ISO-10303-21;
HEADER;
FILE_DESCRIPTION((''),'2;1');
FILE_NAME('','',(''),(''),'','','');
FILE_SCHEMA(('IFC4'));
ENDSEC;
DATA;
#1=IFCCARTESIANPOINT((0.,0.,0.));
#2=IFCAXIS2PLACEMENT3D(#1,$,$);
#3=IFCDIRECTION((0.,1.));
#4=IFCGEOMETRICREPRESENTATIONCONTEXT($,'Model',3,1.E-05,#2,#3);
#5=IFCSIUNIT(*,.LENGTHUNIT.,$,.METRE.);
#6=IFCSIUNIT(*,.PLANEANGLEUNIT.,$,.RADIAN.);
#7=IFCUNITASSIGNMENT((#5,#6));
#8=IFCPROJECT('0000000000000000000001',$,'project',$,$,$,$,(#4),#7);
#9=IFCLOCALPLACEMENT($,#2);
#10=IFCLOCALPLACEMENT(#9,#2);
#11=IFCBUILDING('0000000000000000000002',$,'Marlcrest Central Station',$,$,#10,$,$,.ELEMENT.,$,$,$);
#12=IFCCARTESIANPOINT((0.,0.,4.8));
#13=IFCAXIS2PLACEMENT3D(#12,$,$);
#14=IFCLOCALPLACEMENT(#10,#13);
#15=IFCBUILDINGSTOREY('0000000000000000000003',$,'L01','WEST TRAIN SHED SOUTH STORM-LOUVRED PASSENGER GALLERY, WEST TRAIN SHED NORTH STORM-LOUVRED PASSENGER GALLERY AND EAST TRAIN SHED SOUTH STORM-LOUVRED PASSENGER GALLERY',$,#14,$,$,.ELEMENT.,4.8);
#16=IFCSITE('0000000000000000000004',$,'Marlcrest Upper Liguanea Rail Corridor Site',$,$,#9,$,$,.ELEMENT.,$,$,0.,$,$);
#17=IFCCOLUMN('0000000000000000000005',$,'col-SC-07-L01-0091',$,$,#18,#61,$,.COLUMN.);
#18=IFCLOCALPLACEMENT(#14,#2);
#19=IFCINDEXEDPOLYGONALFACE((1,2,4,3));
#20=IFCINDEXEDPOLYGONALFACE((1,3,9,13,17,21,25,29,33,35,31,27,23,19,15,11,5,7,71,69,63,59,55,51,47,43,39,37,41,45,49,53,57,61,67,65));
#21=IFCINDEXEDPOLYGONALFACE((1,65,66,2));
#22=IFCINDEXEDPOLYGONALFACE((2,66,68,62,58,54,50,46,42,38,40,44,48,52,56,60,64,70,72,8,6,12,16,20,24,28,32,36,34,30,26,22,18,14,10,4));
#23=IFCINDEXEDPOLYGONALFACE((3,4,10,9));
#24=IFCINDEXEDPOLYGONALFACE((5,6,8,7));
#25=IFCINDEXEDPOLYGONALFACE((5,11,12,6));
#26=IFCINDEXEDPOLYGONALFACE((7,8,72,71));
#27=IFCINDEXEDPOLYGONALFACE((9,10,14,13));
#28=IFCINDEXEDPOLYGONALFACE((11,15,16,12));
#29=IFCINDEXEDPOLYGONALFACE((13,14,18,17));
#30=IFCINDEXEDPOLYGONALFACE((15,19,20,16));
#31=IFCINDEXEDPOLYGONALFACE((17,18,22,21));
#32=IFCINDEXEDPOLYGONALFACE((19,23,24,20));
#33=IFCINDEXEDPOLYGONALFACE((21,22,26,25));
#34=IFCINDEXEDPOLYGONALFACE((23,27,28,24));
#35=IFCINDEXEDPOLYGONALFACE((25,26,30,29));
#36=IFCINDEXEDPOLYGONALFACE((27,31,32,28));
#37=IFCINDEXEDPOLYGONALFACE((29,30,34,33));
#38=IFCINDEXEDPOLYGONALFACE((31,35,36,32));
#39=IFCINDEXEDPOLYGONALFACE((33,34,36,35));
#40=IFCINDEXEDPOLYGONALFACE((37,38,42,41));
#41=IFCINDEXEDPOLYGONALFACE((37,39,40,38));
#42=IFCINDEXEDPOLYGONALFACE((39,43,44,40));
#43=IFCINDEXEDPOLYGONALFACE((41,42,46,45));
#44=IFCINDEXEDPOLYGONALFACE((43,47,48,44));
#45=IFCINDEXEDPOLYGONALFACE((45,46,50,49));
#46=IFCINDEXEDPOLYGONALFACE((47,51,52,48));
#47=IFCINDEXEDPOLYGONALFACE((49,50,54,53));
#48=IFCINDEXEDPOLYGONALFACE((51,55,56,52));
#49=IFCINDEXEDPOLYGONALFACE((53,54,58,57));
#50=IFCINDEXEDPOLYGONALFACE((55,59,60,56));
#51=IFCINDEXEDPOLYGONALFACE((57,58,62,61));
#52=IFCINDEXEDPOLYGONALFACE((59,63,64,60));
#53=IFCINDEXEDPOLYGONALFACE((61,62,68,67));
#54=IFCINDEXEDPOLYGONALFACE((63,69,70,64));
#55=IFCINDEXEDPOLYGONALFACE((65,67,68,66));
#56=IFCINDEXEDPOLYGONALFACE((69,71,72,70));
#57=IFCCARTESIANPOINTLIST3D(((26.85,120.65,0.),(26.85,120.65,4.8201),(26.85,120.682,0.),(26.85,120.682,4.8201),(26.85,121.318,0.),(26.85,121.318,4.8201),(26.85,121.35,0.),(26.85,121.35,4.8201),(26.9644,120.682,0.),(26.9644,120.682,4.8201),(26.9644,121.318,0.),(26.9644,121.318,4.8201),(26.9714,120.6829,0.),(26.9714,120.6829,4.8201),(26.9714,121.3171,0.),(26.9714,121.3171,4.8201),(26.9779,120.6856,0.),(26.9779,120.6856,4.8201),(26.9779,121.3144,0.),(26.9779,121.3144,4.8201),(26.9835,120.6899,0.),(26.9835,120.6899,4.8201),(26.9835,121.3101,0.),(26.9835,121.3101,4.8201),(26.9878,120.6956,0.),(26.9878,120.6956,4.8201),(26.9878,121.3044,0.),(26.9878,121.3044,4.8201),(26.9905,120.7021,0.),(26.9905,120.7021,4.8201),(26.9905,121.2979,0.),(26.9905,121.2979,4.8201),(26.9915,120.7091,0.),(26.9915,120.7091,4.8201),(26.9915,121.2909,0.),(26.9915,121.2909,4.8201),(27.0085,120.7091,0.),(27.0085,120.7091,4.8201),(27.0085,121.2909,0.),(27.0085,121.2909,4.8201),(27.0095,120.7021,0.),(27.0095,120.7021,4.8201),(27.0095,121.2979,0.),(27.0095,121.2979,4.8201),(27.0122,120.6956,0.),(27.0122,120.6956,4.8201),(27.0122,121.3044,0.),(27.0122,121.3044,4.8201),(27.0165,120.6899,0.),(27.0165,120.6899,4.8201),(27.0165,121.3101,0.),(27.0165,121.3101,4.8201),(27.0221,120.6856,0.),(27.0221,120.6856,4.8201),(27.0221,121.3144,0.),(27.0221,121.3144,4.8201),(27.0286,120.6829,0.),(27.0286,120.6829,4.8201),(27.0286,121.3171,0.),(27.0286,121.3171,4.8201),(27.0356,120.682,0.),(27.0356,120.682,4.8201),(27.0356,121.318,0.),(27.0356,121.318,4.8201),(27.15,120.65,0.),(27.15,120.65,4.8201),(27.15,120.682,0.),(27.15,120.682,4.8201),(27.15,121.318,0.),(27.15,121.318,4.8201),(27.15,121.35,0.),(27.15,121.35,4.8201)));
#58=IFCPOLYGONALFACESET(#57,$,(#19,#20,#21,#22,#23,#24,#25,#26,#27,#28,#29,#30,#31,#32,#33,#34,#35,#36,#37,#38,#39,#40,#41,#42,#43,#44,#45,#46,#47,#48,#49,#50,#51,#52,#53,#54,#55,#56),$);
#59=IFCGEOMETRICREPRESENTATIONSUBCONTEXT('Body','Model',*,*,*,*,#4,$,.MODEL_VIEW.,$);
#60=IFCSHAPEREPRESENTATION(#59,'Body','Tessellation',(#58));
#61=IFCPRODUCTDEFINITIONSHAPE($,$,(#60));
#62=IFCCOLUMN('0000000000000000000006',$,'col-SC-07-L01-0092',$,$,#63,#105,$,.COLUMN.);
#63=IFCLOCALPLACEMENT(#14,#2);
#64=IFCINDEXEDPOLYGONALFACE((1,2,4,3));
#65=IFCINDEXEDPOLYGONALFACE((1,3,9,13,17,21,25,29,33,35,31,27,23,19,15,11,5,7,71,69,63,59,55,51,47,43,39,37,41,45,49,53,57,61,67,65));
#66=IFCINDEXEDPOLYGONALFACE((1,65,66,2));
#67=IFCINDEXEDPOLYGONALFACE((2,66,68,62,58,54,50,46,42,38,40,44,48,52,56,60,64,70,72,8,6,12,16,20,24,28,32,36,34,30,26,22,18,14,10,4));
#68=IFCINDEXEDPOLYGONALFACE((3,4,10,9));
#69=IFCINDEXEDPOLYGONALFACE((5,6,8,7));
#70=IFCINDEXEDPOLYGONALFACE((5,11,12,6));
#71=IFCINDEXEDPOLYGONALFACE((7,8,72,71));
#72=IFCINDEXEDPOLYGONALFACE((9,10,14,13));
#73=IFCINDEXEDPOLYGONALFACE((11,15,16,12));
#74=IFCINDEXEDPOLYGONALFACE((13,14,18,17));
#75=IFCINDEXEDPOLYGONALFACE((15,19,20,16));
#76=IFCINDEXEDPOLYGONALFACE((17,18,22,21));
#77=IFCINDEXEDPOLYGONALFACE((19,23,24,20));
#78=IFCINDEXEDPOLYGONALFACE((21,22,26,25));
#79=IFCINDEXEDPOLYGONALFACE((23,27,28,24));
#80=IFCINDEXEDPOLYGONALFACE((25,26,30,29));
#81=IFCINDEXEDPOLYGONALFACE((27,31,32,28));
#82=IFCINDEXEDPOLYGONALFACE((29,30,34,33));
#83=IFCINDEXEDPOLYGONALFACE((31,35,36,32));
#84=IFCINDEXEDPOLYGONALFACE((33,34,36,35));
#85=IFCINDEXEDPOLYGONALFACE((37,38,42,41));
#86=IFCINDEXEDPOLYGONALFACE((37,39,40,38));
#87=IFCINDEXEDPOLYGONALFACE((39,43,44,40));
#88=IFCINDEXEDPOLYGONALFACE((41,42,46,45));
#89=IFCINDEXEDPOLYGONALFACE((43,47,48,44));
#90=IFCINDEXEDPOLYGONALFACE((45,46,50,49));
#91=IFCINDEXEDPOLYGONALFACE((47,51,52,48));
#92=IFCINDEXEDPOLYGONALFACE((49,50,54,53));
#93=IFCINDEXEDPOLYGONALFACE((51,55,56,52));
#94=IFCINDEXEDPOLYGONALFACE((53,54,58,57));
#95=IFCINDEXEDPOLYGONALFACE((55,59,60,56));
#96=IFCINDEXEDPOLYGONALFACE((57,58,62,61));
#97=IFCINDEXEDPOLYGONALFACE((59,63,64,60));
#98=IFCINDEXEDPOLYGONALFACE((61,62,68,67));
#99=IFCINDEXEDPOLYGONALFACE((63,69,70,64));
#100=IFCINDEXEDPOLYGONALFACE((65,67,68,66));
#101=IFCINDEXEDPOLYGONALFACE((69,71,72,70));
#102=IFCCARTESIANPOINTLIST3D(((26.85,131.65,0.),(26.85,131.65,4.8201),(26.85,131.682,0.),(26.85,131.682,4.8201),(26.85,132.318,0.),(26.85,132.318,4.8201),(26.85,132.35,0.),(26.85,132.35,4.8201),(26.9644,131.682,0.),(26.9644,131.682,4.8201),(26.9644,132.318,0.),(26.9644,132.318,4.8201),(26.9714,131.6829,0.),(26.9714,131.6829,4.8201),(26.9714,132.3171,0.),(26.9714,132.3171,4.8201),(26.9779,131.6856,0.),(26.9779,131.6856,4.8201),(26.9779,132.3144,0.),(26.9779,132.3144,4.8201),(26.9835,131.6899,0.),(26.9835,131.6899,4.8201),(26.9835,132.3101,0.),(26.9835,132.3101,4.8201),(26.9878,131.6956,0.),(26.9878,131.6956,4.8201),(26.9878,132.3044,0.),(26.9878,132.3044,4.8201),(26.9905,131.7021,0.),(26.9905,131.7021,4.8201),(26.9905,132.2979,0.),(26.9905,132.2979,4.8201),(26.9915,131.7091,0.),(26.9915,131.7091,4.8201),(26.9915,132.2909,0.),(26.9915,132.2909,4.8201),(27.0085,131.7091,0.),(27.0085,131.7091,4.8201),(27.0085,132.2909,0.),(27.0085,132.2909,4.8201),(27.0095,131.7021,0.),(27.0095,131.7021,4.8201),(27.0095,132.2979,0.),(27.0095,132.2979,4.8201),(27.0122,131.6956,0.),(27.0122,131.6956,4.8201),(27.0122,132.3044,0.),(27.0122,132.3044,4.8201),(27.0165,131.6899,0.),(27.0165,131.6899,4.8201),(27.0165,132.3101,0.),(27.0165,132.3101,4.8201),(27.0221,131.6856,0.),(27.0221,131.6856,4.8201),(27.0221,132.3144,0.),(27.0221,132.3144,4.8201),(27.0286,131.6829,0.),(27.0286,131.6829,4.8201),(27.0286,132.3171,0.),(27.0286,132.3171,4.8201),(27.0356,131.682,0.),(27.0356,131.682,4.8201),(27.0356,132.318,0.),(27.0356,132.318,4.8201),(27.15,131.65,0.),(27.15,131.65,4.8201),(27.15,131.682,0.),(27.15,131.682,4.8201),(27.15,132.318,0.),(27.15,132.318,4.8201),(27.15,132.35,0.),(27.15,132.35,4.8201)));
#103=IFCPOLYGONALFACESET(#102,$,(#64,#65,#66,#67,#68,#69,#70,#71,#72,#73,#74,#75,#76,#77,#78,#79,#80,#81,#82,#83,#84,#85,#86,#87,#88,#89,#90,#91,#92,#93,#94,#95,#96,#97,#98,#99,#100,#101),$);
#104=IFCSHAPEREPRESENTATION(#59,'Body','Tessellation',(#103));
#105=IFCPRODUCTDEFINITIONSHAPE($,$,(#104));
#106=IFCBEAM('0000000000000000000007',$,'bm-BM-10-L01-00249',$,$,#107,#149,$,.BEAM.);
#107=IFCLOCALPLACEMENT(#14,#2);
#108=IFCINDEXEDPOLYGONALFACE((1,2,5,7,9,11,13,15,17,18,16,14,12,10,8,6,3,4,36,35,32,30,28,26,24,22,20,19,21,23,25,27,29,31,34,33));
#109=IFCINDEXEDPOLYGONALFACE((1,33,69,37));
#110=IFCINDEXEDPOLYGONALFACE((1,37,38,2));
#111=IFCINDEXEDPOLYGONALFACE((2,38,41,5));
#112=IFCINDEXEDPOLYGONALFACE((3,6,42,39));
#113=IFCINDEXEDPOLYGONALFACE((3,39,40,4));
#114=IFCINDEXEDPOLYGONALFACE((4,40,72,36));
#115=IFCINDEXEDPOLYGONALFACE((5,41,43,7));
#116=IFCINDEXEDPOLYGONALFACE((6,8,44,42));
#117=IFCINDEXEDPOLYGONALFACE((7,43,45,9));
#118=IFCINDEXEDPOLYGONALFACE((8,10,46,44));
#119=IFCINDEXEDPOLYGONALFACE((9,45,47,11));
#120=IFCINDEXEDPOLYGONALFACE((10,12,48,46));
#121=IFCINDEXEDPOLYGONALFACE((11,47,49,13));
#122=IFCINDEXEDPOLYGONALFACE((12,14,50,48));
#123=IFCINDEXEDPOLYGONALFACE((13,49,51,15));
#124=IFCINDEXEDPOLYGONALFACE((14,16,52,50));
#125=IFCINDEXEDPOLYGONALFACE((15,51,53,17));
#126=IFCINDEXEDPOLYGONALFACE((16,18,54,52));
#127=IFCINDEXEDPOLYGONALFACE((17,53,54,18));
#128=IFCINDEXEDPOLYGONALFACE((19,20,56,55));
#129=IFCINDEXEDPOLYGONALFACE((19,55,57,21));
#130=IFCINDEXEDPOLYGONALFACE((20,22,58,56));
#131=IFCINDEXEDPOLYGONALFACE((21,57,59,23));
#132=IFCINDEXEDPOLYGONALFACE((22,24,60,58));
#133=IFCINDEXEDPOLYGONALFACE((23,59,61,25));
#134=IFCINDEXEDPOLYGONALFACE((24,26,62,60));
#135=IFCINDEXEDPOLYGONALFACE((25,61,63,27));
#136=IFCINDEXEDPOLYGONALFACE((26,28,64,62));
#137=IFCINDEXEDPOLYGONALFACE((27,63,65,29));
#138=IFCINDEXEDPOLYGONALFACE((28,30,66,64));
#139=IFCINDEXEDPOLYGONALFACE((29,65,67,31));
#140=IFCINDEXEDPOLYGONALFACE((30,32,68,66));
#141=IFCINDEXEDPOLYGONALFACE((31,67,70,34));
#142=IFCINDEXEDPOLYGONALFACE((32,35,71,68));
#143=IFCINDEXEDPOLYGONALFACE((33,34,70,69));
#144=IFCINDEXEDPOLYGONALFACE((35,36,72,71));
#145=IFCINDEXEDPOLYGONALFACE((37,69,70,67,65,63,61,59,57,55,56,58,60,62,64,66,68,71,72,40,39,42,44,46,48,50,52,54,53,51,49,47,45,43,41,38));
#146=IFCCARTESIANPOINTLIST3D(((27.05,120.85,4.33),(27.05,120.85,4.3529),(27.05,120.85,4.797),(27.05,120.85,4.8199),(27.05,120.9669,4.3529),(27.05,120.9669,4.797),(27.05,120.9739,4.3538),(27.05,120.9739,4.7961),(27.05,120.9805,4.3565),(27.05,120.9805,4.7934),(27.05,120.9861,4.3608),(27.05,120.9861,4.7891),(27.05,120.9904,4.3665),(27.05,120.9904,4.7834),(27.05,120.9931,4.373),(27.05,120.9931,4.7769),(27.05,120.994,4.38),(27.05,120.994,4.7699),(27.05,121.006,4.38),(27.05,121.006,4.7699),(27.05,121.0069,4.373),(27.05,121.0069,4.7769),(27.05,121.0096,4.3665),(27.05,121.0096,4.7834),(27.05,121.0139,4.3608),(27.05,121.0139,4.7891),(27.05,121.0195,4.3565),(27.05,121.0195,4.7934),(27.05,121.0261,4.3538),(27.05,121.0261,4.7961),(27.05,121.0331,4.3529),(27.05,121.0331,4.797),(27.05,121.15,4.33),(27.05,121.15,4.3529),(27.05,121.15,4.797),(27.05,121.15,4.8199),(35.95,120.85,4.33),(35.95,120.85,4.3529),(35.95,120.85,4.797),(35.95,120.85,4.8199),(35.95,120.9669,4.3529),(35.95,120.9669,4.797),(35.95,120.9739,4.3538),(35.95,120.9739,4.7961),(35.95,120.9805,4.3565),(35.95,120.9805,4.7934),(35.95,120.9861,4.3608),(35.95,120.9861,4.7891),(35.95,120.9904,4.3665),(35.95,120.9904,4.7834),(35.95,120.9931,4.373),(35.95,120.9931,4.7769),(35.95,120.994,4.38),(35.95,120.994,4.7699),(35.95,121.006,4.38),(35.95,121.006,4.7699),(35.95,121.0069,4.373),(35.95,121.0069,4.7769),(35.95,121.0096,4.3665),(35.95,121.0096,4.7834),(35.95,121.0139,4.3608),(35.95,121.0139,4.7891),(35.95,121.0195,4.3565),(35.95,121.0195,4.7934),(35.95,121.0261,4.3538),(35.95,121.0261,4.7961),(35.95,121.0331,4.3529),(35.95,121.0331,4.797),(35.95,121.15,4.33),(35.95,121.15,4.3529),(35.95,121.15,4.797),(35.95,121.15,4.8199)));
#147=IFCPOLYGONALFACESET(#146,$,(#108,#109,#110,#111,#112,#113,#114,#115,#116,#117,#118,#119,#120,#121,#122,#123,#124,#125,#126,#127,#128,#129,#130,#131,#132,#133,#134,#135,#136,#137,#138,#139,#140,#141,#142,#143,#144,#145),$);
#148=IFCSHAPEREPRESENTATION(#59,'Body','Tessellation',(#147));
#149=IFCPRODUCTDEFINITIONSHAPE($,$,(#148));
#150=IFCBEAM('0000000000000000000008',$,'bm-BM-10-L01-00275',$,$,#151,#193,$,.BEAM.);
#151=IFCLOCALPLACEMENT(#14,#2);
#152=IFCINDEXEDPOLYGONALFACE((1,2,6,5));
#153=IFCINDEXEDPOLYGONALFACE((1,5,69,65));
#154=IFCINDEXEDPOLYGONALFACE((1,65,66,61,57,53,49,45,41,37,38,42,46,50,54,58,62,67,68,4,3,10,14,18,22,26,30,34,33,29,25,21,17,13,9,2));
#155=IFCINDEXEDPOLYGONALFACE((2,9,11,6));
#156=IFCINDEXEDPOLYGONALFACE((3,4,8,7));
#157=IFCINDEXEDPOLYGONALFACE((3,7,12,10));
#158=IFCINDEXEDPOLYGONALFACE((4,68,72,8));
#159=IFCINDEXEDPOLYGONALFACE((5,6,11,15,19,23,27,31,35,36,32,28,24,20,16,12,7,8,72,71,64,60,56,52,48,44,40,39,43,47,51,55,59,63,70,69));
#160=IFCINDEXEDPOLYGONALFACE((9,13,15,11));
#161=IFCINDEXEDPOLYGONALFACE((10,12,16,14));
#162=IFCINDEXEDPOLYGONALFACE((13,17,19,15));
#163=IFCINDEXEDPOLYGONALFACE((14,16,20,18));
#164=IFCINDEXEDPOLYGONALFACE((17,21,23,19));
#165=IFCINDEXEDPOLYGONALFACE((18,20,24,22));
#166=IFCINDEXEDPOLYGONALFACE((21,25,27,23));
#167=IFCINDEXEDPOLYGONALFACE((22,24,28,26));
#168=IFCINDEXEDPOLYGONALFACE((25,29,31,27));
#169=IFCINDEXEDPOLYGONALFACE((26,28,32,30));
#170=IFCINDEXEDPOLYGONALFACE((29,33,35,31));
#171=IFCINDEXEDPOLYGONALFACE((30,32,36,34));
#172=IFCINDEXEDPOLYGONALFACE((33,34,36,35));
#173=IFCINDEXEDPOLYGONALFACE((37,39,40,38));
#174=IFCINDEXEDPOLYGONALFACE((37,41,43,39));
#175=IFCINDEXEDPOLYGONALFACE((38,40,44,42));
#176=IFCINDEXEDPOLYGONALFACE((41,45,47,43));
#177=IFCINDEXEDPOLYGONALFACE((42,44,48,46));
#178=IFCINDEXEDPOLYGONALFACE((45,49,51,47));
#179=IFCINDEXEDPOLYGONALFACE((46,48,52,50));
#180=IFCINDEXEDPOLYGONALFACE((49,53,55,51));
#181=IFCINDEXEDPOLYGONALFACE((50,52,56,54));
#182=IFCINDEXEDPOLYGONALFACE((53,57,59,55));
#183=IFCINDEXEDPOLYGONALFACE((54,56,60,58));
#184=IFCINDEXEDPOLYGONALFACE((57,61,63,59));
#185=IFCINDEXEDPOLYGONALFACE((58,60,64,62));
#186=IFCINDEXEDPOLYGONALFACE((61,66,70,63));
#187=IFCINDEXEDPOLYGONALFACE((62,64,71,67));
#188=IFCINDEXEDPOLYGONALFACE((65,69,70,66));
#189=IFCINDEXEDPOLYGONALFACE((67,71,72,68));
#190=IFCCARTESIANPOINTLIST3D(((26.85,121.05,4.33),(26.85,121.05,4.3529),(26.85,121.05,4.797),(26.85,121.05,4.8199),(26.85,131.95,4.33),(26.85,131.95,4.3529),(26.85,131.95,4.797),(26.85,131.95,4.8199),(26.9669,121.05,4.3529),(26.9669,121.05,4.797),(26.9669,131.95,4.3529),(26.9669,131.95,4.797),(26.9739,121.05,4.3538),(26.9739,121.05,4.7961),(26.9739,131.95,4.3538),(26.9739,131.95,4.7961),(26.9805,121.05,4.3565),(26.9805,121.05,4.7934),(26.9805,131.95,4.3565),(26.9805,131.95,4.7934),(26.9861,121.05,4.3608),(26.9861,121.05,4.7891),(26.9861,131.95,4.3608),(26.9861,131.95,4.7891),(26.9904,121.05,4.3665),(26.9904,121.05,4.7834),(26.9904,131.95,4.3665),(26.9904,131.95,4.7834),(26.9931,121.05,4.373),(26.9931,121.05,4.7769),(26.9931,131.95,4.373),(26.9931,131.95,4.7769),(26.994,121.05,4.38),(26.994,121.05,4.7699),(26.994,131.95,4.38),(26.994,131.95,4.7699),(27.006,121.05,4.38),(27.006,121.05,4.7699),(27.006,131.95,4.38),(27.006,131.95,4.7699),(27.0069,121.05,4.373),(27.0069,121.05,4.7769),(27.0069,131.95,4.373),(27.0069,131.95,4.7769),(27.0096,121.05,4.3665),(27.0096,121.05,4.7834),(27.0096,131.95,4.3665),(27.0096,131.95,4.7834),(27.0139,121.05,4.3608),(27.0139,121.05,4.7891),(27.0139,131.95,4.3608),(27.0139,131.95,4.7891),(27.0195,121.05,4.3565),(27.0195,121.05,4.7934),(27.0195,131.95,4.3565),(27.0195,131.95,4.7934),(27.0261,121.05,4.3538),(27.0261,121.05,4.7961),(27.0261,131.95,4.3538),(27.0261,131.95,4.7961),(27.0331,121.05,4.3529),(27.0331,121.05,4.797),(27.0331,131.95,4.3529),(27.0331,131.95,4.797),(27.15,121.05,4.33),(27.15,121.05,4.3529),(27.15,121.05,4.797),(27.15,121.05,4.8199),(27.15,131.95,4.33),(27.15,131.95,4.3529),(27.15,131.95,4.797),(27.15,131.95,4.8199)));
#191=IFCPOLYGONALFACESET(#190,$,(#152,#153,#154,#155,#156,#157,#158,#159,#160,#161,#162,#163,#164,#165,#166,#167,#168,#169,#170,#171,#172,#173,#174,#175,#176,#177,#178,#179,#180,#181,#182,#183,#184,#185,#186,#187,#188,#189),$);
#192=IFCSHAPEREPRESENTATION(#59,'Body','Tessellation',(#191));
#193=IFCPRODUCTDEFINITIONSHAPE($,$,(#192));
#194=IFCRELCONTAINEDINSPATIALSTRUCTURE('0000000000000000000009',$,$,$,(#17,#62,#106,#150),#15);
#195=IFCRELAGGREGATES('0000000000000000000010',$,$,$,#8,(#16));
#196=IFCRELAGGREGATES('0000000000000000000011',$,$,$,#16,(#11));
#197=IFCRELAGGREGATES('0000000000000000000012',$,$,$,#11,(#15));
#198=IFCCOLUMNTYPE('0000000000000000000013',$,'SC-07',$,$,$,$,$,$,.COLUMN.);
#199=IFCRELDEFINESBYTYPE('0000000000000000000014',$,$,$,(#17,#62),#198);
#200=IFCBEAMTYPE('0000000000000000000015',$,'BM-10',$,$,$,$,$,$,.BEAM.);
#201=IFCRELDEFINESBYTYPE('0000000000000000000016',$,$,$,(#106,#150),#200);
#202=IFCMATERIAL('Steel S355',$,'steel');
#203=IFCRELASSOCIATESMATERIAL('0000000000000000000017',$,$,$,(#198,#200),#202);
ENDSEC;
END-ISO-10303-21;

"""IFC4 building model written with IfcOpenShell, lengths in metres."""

from ifc_helpers import new_model, si_unit, direction, frame, origin, origin_2d, place, context, subcontext, project, spatial, i_section, extrude, material, material_profile, profile_set, type_object, element, save


model = new_model("IFC4")

# Units and contexts
model_context = context("Model", 3, precision=1e-05, world=origin(), true_north=direction((0.0, 1.0)))
body_context = subcontext(model_context, "Body", "Model", "MODEL_VIEW")
ifc_project = project(units=[si_unit("LENGTHUNIT", "METRE"), si_unit("PLANEANGLEUNIT", "RADIAN")], contexts=[model_context])

# Site, building, storey
site_placement = place(None, origin())
site = spatial("IfcSite", under=ifc_project, at=site_placement, Name="Marlcrest Upper Liguanea Rail Corridor Site", CompositionType="ELEMENT", RefElevation=0.0)
building_placement = place(site_placement, origin())
building = spatial("IfcBuilding", under=site, at=building_placement, Name="Marlcrest Central Station", CompositionType="ELEMENT")
storey_placement = place(building_placement, frame((0.0, 0.0, 4.8)))
storey = spatial("IfcBuildingStorey", under=building, at=storey_placement, Name="L01", Description="WEST TRAIN SHED SOUTH STORM-LOUVRED PASSENGER GALLERY, WEST TRAIN SHED NORTH STORM-LOUVRED PASSENGER GALLERY AND EAST TRAIN SHED SOUTH STORM-LOUVRED PASSENGER GALLERY", CompositionType="ELEMENT", Elevation=4.8)

# Columns
ifc_material_1 = material(Name="Steel S355", Category="steel")
ifc_material_profile_1 = material_profile(ifc_material_1, i_section(OverallWidth=0.3, OverallDepth=0.7, WebThickness=0.0171, FlangeThickness=0.032, FilletRadius=0.0271, at=origin_2d()), Name="HEB 700")
ifc_profile_set_1 = profile_set([ifc_material_profile_1], Name="Steel S355")
column_type = type_object("IfcColumnType", Name="SC-07", PredefinedType="COLUMN", material=ifc_profile_set_1)
for number, where, z_axis, x_axis, name in (
    (1, (27.0, 121.0, 0.0), (0.0, 0.0, 1.0), (1.0, 0.0, 0.0), "col-SC-07-L01-0091"),
    (2, (27.0, 132.0, 0.0), (0.0, 0.0, 1.0), (1.0, 0.0, 0.0), "col-SC-07-L01-0092"),
):
    element("IfcColumn", number, at=place(storey_placement, frame(where, z_axis=z_axis, x_axis=x_axis)), inside=storey, type_object=column_type, Name=name, PredefinedType="COLUMN", context=body_context, shape_type="SweptSolid", body=[
        extrude(i_section(OverallWidth=0.3, OverallDepth=0.7, WebThickness=0.0171, FlangeThickness=0.032, FilletRadius=0.0271, at=origin_2d()), origin(), (0.0, 0.0, 1.0), 4.8201),
    ])

# Beams
ifc_material_profile_2 = material_profile(ifc_material_1, i_section(OverallWidth=0.3, OverallDepth=0.49, WebThickness=0.012, FlangeThickness=0.0229, FilletRadius=0.0271, at=origin_2d()), Name="HEA 500")
ifc_profile_set_2 = profile_set([ifc_material_profile_2], Name="Steel S355")
beam_type_1 = type_object("IfcBeamType", Name="BM-10", PredefinedType="BEAM", material=ifc_profile_set_2)
beam_1_placement = place(storey_placement, frame((27.05, 121.0, 4.575), z_axis=(1.0, 0.0, 0.0), x_axis=(0.0, 1.0, 0.0)))
element("IfcBeam", 3, at=beam_1_placement, inside=storey, type_object=beam_type_1, Name="bm-BM-10-L01-00249", PredefinedType="BEAM", context=body_context, shape_type="SweptSolid", body=[
    extrude(i_section(OverallWidth=0.3, OverallDepth=0.49, WebThickness=0.012, FlangeThickness=0.0229, FilletRadius=0.0271, at=origin_2d()), origin(), (0.0, 0.0, 1.0), 8.8999),
])
beam_2_placement = place(storey_placement, frame((27.0, 121.05, 4.575), z_axis=(0.0, 1.0, 0.0), x_axis=(-1.0, 0.0, 0.0)))
element("IfcBeam", 4, at=beam_2_placement, inside=storey, type_object=beam_type_1, Name="bm-BM-10-L01-00275", PredefinedType="BEAM", context=body_context, shape_type="SweptSolid", body=[
    extrude(i_section(OverallWidth=0.3, OverallDepth=0.49, WebThickness=0.012, FlangeThickness=0.0229, FilletRadius=0.0271, at=origin_2d()), origin(), (0.0, 0.0, 1.0), 10.8999),
])

save(model, "model.ifc")
